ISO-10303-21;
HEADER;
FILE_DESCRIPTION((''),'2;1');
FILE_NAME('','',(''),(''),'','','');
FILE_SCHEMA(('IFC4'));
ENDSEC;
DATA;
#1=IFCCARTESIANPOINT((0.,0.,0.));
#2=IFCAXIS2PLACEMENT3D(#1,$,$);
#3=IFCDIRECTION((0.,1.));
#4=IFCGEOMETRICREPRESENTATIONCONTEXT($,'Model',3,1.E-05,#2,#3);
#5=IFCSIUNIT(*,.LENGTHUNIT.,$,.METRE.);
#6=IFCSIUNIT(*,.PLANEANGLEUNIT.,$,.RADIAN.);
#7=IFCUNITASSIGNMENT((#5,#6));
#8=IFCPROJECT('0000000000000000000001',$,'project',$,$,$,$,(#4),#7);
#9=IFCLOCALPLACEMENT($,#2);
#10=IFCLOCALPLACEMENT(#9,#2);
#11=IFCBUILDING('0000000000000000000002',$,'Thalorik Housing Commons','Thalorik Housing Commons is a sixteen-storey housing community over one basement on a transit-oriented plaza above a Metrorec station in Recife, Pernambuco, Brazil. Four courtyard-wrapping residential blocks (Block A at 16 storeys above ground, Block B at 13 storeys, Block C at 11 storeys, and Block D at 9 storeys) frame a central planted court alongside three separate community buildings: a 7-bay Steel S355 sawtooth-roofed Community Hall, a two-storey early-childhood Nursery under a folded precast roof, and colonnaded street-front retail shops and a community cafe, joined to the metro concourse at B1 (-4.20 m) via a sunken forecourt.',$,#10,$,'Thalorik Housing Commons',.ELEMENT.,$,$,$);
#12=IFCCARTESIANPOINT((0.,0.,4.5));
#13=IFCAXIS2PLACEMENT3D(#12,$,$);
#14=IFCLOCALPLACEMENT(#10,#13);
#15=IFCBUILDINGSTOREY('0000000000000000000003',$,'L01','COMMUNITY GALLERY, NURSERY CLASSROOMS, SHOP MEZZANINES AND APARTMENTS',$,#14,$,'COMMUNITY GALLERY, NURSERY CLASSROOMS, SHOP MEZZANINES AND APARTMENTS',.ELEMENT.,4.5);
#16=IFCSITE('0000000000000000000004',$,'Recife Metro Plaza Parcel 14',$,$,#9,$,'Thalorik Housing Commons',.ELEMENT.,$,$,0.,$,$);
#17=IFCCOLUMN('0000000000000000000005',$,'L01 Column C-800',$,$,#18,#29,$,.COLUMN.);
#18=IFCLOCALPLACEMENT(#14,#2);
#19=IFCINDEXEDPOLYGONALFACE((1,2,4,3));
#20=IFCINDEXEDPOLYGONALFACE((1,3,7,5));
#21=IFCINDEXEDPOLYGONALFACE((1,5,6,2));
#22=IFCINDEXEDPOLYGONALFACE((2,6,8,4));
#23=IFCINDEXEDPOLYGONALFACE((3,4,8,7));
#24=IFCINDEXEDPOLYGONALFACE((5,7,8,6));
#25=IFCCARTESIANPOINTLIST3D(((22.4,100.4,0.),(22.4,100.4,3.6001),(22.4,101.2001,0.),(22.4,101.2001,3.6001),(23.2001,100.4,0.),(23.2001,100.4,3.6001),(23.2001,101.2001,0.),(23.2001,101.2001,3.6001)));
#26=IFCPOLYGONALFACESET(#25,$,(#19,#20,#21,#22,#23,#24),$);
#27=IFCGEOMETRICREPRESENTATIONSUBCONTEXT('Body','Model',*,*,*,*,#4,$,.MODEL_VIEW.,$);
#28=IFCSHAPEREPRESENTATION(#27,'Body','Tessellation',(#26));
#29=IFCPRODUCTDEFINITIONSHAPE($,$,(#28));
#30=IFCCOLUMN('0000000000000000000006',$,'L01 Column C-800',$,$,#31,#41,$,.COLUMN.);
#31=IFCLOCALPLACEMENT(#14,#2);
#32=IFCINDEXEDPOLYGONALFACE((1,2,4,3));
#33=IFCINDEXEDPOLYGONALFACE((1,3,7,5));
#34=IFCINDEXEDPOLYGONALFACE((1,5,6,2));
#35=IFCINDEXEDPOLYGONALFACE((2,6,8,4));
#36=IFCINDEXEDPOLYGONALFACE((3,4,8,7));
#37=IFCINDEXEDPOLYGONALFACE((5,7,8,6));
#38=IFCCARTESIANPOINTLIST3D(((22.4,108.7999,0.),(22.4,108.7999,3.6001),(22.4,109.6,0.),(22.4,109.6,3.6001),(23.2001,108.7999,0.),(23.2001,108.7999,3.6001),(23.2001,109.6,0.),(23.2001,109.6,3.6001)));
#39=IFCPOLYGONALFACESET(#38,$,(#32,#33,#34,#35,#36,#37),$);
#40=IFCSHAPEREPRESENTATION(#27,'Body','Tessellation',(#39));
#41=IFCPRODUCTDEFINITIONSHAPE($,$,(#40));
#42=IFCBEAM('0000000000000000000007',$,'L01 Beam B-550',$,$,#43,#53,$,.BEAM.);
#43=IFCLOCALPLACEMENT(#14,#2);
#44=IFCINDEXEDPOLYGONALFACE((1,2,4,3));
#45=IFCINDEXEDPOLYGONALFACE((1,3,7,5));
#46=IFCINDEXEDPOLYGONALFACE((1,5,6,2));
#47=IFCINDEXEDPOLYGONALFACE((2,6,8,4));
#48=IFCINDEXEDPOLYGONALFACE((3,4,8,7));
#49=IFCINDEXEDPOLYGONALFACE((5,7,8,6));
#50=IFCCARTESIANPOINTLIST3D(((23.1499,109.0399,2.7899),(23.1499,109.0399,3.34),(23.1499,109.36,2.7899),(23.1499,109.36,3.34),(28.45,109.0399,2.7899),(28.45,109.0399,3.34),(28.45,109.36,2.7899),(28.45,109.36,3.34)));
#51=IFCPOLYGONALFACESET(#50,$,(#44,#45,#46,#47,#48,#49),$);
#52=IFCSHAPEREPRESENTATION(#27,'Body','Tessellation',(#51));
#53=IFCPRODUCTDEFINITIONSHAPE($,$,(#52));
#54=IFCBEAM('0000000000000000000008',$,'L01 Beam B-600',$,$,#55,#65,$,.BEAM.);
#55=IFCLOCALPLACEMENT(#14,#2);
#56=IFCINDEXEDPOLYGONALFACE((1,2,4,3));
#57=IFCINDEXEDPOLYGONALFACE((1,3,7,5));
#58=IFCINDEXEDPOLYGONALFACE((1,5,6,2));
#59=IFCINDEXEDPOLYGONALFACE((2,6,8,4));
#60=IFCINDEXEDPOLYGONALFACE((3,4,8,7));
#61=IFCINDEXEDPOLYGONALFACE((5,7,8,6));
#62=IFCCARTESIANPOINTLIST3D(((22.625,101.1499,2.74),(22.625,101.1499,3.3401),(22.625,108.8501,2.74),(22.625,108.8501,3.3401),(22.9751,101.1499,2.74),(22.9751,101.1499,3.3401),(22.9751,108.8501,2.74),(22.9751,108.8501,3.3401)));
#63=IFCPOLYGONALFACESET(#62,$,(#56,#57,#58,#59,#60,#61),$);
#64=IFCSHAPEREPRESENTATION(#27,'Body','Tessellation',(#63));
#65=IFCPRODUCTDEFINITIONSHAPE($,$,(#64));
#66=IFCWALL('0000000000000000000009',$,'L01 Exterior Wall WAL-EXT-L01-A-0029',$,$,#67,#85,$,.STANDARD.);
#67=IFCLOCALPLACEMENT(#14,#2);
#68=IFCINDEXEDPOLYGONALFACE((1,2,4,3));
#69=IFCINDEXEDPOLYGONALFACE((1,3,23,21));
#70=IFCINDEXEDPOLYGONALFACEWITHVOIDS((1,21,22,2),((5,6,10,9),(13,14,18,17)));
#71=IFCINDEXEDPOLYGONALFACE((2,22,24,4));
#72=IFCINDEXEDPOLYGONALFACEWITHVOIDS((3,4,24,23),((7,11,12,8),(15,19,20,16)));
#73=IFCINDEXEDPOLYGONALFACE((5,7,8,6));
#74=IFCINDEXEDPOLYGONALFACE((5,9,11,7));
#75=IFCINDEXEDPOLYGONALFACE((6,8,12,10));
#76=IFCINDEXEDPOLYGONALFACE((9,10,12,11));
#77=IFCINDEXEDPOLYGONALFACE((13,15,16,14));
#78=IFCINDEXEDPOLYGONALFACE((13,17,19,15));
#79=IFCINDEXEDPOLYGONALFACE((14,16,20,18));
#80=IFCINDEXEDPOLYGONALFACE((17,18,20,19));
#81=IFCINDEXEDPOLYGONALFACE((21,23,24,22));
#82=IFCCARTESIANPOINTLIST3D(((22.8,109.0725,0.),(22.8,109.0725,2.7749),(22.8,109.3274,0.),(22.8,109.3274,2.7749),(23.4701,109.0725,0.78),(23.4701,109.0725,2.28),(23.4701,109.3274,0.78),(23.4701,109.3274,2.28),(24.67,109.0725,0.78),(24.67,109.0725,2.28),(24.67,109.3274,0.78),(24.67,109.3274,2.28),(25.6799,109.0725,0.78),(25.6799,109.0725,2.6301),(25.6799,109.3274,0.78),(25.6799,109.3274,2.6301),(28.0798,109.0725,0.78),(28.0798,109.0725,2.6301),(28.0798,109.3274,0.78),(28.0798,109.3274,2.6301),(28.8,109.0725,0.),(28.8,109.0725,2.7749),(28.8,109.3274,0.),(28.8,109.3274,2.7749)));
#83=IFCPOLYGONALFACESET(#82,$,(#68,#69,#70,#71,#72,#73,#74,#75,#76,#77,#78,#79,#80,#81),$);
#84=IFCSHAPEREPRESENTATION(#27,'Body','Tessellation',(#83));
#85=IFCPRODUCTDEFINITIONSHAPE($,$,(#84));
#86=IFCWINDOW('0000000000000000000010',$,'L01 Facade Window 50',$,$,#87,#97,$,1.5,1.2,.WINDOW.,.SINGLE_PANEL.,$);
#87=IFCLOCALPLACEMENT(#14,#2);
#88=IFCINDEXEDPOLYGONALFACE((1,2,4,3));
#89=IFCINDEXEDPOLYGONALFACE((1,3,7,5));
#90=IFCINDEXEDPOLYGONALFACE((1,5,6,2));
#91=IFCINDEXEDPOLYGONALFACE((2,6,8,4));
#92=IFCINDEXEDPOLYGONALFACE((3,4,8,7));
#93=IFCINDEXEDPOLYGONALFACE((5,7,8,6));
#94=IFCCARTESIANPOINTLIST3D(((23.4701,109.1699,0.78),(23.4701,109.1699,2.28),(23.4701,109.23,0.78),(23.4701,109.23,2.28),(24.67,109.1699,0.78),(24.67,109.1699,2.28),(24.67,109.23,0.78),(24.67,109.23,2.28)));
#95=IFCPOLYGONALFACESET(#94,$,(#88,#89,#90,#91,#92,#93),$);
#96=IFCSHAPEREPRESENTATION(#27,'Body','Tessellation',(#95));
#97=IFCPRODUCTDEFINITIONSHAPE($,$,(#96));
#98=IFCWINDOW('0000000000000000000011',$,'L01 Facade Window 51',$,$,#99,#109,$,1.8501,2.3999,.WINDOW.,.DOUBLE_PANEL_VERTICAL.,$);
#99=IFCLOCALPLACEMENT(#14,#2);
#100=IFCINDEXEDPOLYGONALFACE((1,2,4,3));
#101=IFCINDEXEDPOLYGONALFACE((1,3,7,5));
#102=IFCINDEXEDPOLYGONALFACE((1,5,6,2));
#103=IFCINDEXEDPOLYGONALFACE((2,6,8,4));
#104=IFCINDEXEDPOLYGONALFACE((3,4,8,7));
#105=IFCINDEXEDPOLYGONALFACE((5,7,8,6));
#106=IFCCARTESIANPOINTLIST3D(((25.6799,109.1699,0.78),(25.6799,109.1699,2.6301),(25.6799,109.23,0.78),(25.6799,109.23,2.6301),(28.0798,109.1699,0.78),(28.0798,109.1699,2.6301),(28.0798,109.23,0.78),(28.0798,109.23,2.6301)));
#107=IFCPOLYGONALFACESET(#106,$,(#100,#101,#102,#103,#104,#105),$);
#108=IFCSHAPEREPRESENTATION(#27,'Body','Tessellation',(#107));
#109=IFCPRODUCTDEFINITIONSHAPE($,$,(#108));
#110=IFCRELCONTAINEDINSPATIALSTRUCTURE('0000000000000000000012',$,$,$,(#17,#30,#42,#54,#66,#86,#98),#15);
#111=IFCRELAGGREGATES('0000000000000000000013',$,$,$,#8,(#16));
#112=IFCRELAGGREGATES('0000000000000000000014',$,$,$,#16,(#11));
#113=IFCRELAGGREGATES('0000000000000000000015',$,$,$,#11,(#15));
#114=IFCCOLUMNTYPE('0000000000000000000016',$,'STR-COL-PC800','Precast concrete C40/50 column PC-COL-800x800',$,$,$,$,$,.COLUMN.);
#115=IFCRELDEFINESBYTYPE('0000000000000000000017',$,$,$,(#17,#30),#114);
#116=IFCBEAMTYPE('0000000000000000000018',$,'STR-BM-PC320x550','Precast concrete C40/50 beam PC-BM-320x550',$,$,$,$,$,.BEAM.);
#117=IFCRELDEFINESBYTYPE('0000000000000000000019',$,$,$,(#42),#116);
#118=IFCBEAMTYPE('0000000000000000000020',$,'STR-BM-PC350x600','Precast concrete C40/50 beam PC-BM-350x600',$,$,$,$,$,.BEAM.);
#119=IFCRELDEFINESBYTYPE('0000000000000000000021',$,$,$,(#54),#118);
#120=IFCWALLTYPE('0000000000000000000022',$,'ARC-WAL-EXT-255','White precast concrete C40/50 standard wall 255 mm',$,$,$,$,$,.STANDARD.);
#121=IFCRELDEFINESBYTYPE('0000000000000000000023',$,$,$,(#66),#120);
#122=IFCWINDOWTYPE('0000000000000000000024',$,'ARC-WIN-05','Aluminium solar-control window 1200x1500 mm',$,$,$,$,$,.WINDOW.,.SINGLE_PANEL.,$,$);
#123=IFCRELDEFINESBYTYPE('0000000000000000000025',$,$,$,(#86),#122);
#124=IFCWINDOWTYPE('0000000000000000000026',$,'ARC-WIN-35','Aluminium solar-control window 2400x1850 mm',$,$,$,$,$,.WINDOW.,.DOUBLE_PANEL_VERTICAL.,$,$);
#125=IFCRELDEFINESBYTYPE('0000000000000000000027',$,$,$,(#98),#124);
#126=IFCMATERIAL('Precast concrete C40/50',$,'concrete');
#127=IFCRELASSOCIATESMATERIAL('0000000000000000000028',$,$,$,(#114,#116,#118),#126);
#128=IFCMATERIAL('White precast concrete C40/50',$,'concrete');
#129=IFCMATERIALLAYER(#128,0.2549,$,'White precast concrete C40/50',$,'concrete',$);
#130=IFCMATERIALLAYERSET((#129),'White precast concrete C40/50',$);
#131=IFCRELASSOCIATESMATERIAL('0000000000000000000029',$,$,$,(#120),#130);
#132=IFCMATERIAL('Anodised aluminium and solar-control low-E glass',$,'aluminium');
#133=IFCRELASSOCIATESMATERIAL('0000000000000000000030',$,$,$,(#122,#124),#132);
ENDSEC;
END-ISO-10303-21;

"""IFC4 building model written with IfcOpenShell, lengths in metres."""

from ifc_helpers import new_model, si_unit, direction, frame, frame_2d, origin, origin_2d, place, context, subcontext, project, spatial, rectangle, extrude, material, layer, layer_set, material_profile, profile_set, type_object, element, fill, save


model = new_model("IFC4")

# Units and contexts
model_context = context("Model", 3, precision=1e-05, world=origin(), true_north=direction((0.0, 1.0)))
body_context = subcontext(model_context, "Body", "Model", "MODEL_VIEW")
ifc_project = project(units=[si_unit("LENGTHUNIT", "METRE"), si_unit("PLANEANGLEUNIT", "RADIAN")], contexts=[model_context])

# Site, building, storey
site_placement = place(None, origin())
site = spatial("IfcSite", under=ifc_project, at=site_placement, Name="Recife Metro Plaza Parcel 14", LongName="Thalorik Housing Commons", CompositionType="ELEMENT", RefElevation=0.0)
building_placement = place(site_placement, origin())
building = spatial("IfcBuilding", under=site, at=building_placement, Name="Thalorik Housing Commons", Description="Thalorik Housing Commons is a sixteen-storey housing community over one basement on a transit-oriented plaza above a Metrorec station in Recife, Pernambuco, Brazil. Four courtyard-wrapping residential blocks (Block A at 16 storeys above ground, Block B at 13 storeys, Block C at 11 storeys, and Block D at 9 storeys) frame a central planted court alongside three separate community buildings: a 7-bay Steel S355 sawtooth-roofed Community Hall, a two-storey early-childhood Nursery under a folded precast roof, and colonnaded street-front retail shops and a community cafe, joined to the metro concourse at B1 (-4.20 m) via a sunken forecourt.", LongName="Thalorik Housing Commons", CompositionType="ELEMENT")
storey_placement = place(building_placement, frame((0.0, 0.0, 4.5)))
storey = spatial("IfcBuildingStorey", under=building, at=storey_placement, Name="L01", Description="COMMUNITY GALLERY, NURSERY CLASSROOMS, SHOP MEZZANINES AND APARTMENTS", LongName="COMMUNITY GALLERY, NURSERY CLASSROOMS, SHOP MEZZANINES AND APARTMENTS", CompositionType="ELEMENT", Elevation=4.5)

# Columns
ifc_material_1 = material(Name="Precast concrete C40/50", Category="concrete")
ifc_material_profile_1 = material_profile(ifc_material_1, rectangle(XDim=0.8, YDim=0.8, at=origin_2d()), Name="PC 800x800", Category="concrete")
ifc_profile_set_1 = profile_set([ifc_material_profile_1], Name="Precast concrete C40/50")
column_type = type_object("IfcColumnType", Name="STR-COL-PC800", Description="Precast concrete C40/50 column PC-COL-800x800", PredefinedType="COLUMN", material=ifc_profile_set_1)
for number, where, z_axis, x_axis, name in (
    (1, (22.8, 100.8, 0.0), (0.0, 0.0, 1.0), (1.0, 0.0, 0.0), "L01 Column C-800"),
    (2, (22.8, 109.2, 0.0), (0.0, 0.0, 1.0), (1.0, 0.0, 0.0), "L01 Column C-800"),
):
    element("IfcColumn", number, at=place(storey_placement, frame(where, z_axis=z_axis, x_axis=x_axis)), inside=storey, type_object=column_type, Name=name, PredefinedType="COLUMN", context=body_context, shape_type="SweptSolid", body=[
        extrude(rectangle(XDim=0.8, YDim=0.8, at=origin_2d()), origin(), (0.0, 0.0, 1.0), 3.6001),
    ])

# Beams
ifc_material_profile_2 = material_profile(ifc_material_1, rectangle(XDim=0.3201, YDim=0.55, at=origin_2d()), Name="PC 320x550", Category="concrete")
ifc_profile_set_2 = profile_set([ifc_material_profile_2], Name="Precast concrete C40/50")
beam_type_1 = type_object("IfcBeamType", Name="STR-BM-PC320x550", Description="Precast concrete C40/50 beam PC-BM-320x550", PredefinedType="BEAM", material=ifc_profile_set_2)
beam_1_placement = place(storey_placement, frame((23.1499, 109.2, 3.0649), z_axis=(1.0, 0.0, 0.0), x_axis=(0.0, 1.0, 0.0)))
element("IfcBeam", 3, at=beam_1_placement, inside=storey, type_object=beam_type_1, Name="L01 Beam B-550", PredefinedType="BEAM", context=body_context, shape_type="SweptSolid", body=[
    extrude(rectangle(XDim=0.3201, YDim=0.55, at=origin_2d()), origin(), (0.0, 0.0, 1.0), 5.3),
])
ifc_material_profile_3 = material_profile(ifc_material_1, rectangle(XDim=0.3501, YDim=0.6001, at=origin_2d()), Name="PC 350x600", Category="concrete")
ifc_profile_set_3 = profile_set([ifc_material_profile_3], Name="Precast concrete C40/50")
beam_type_2 = type_object("IfcBeamType", Name="STR-BM-PC350x600", Description="Precast concrete C40/50 beam PC-BM-350x600", PredefinedType="BEAM", material=ifc_profile_set_3)
beam_2_placement = place(storey_placement, frame((22.8, 101.1499, 3.04), z_axis=(0.0, 1.0, 0.0), x_axis=(-1.0, 0.0, 0.0)))
element("IfcBeam", 4, at=beam_2_placement, inside=storey, type_object=beam_type_2, Name="L01 Beam B-600", PredefinedType="BEAM", context=body_context, shape_type="SweptSolid", body=[
    extrude(rectangle(XDim=0.3501, YDim=0.6001, at=origin_2d()), origin(), (0.0, 0.0, 1.0), 7.7002),
])

# Wall, openings, windows
ifc_material_2 = material(Name="White precast concrete C40/50", Category="concrete")
ifc_layer_1 = layer(ifc_material_2, 0.2549, Name="White precast concrete C40/50", Category="concrete")
ifc_layer_set_1 = layer_set([ifc_layer_1], Name="White precast concrete C40/50")
wall_type = type_object("IfcWallType", Name="ARC-WAL-EXT-255", Description="White precast concrete C40/50 standard wall 255 mm", PredefinedType="STANDARD", material=ifc_layer_set_1)
wall_1_placement = place(storey_placement, frame((22.8, 109.2, 0.0), z_axis=(0.0, 0.0, 1.0), x_axis=(1.0, 0.0, 0.0)))
wall_1 = element("IfcWall", 5, at=wall_1_placement, inside=storey, type_object=wall_type, Name="L01 Exterior Wall WAL-EXT-L01-A-0029", PredefinedType="STANDARD", context=body_context, shape_type="SweptSolid", body=[
    extrude(rectangle(XDim=6.0, YDim=0.2549, at=frame_2d((3.0, 0.0))), origin(), (0.0, 0.0, 1.0), 2.7749),
])
opening_1_placement = place(wall_1_placement, frame((0.6699, 0.0, 0.78)))
opening_1 = element("IfcOpeningElement", 6, at=opening_1_placement, cuts=wall_1, PredefinedType="OPENING", context=body_context, shape_type="SweptSolid", body=[
    extrude(rectangle(XDim=1.2, YDim=1.5, at=frame_2d((0.6001, 0.75))), frame((0.0, 0.1375, 0.0), z_axis=(0.0, -1.0, 0.0), x_axis=(1.0, 0.0, 0.0)), (0.0, 0.0, 1.0), 0.2749),
])
opening_2_placement = place(wall_1_placement, frame((2.8799, 0.0, 0.78)))
opening_2 = element("IfcOpeningElement", 7, at=opening_2_placement, cuts=wall_1, PredefinedType="OPENING", context=body_context, shape_type="SweptSolid", body=[
    extrude(rectangle(XDim=2.3999, YDim=1.8501, at=frame_2d((1.2, 0.925))), frame((0.0, 0.1375, 0.0), z_axis=(0.0, -1.0, 0.0), x_axis=(1.0, 0.0, 0.0)), (0.0, 0.0, 1.0), 0.2749),
])
ifc_material_3 = material(Name="Anodised aluminium and solar-control low-E glass", Category="aluminium")
window_type_1 = type_object("IfcWindowType", Name="ARC-WIN-05", Description="Aluminium solar-control window 1200x1500 mm", PartitioningType="SINGLE_PANEL", PredefinedType="WINDOW", material=ifc_material_3)
window_1_placement = place(opening_1_placement, origin())
window_1 = element("IfcWindow", 8, at=window_1_placement, inside=storey, type_object=window_type_1, Name="L01 Facade Window 50", OverallHeight=1.5, OverallWidth=1.2, PartitioningType="SINGLE_PANEL", PredefinedType="WINDOW", context=body_context, shape_type="SweptSolid", body=[
    extrude(rectangle(XDim=1.2, YDim=1.5, at=frame_2d((0.6001, 0.75))), frame((0.0, 0.03, 0.0), z_axis=(0.0, -1.0, 0.0), x_axis=(1.0, 0.0, 0.0)), (0.0, 0.0, 1.0), 0.0601),
])
fill(opening_1, window_1)
window_type_2 = type_object("IfcWindowType", Name="ARC-WIN-35", Description="Aluminium solar-control window 2400x1850 mm", PartitioningType="DOUBLE_PANEL_VERTICAL", PredefinedType="WINDOW", material=ifc_material_3)
window_2_placement = place(opening_2_placement, origin())
window_2 = element("IfcWindow", 9, at=window_2_placement, inside=storey, type_object=window_type_2, Name="L01 Facade Window 51", OverallHeight=1.8501, OverallWidth=2.3999, PartitioningType="DOUBLE_PANEL_VERTICAL", PredefinedType="WINDOW", context=body_context, shape_type="SweptSolid", body=[
    extrude(rectangle(XDim=2.3999, YDim=1.8501, at=frame_2d((1.2, 0.925))), frame((0.0, 0.03, 0.0), z_axis=(0.0, -1.0, 0.0), x_axis=(1.0, 0.0, 0.0)), (0.0, 0.0, 1.0), 0.0601),
])
fill(opening_2, window_2)

save(model, "model.ifc")
